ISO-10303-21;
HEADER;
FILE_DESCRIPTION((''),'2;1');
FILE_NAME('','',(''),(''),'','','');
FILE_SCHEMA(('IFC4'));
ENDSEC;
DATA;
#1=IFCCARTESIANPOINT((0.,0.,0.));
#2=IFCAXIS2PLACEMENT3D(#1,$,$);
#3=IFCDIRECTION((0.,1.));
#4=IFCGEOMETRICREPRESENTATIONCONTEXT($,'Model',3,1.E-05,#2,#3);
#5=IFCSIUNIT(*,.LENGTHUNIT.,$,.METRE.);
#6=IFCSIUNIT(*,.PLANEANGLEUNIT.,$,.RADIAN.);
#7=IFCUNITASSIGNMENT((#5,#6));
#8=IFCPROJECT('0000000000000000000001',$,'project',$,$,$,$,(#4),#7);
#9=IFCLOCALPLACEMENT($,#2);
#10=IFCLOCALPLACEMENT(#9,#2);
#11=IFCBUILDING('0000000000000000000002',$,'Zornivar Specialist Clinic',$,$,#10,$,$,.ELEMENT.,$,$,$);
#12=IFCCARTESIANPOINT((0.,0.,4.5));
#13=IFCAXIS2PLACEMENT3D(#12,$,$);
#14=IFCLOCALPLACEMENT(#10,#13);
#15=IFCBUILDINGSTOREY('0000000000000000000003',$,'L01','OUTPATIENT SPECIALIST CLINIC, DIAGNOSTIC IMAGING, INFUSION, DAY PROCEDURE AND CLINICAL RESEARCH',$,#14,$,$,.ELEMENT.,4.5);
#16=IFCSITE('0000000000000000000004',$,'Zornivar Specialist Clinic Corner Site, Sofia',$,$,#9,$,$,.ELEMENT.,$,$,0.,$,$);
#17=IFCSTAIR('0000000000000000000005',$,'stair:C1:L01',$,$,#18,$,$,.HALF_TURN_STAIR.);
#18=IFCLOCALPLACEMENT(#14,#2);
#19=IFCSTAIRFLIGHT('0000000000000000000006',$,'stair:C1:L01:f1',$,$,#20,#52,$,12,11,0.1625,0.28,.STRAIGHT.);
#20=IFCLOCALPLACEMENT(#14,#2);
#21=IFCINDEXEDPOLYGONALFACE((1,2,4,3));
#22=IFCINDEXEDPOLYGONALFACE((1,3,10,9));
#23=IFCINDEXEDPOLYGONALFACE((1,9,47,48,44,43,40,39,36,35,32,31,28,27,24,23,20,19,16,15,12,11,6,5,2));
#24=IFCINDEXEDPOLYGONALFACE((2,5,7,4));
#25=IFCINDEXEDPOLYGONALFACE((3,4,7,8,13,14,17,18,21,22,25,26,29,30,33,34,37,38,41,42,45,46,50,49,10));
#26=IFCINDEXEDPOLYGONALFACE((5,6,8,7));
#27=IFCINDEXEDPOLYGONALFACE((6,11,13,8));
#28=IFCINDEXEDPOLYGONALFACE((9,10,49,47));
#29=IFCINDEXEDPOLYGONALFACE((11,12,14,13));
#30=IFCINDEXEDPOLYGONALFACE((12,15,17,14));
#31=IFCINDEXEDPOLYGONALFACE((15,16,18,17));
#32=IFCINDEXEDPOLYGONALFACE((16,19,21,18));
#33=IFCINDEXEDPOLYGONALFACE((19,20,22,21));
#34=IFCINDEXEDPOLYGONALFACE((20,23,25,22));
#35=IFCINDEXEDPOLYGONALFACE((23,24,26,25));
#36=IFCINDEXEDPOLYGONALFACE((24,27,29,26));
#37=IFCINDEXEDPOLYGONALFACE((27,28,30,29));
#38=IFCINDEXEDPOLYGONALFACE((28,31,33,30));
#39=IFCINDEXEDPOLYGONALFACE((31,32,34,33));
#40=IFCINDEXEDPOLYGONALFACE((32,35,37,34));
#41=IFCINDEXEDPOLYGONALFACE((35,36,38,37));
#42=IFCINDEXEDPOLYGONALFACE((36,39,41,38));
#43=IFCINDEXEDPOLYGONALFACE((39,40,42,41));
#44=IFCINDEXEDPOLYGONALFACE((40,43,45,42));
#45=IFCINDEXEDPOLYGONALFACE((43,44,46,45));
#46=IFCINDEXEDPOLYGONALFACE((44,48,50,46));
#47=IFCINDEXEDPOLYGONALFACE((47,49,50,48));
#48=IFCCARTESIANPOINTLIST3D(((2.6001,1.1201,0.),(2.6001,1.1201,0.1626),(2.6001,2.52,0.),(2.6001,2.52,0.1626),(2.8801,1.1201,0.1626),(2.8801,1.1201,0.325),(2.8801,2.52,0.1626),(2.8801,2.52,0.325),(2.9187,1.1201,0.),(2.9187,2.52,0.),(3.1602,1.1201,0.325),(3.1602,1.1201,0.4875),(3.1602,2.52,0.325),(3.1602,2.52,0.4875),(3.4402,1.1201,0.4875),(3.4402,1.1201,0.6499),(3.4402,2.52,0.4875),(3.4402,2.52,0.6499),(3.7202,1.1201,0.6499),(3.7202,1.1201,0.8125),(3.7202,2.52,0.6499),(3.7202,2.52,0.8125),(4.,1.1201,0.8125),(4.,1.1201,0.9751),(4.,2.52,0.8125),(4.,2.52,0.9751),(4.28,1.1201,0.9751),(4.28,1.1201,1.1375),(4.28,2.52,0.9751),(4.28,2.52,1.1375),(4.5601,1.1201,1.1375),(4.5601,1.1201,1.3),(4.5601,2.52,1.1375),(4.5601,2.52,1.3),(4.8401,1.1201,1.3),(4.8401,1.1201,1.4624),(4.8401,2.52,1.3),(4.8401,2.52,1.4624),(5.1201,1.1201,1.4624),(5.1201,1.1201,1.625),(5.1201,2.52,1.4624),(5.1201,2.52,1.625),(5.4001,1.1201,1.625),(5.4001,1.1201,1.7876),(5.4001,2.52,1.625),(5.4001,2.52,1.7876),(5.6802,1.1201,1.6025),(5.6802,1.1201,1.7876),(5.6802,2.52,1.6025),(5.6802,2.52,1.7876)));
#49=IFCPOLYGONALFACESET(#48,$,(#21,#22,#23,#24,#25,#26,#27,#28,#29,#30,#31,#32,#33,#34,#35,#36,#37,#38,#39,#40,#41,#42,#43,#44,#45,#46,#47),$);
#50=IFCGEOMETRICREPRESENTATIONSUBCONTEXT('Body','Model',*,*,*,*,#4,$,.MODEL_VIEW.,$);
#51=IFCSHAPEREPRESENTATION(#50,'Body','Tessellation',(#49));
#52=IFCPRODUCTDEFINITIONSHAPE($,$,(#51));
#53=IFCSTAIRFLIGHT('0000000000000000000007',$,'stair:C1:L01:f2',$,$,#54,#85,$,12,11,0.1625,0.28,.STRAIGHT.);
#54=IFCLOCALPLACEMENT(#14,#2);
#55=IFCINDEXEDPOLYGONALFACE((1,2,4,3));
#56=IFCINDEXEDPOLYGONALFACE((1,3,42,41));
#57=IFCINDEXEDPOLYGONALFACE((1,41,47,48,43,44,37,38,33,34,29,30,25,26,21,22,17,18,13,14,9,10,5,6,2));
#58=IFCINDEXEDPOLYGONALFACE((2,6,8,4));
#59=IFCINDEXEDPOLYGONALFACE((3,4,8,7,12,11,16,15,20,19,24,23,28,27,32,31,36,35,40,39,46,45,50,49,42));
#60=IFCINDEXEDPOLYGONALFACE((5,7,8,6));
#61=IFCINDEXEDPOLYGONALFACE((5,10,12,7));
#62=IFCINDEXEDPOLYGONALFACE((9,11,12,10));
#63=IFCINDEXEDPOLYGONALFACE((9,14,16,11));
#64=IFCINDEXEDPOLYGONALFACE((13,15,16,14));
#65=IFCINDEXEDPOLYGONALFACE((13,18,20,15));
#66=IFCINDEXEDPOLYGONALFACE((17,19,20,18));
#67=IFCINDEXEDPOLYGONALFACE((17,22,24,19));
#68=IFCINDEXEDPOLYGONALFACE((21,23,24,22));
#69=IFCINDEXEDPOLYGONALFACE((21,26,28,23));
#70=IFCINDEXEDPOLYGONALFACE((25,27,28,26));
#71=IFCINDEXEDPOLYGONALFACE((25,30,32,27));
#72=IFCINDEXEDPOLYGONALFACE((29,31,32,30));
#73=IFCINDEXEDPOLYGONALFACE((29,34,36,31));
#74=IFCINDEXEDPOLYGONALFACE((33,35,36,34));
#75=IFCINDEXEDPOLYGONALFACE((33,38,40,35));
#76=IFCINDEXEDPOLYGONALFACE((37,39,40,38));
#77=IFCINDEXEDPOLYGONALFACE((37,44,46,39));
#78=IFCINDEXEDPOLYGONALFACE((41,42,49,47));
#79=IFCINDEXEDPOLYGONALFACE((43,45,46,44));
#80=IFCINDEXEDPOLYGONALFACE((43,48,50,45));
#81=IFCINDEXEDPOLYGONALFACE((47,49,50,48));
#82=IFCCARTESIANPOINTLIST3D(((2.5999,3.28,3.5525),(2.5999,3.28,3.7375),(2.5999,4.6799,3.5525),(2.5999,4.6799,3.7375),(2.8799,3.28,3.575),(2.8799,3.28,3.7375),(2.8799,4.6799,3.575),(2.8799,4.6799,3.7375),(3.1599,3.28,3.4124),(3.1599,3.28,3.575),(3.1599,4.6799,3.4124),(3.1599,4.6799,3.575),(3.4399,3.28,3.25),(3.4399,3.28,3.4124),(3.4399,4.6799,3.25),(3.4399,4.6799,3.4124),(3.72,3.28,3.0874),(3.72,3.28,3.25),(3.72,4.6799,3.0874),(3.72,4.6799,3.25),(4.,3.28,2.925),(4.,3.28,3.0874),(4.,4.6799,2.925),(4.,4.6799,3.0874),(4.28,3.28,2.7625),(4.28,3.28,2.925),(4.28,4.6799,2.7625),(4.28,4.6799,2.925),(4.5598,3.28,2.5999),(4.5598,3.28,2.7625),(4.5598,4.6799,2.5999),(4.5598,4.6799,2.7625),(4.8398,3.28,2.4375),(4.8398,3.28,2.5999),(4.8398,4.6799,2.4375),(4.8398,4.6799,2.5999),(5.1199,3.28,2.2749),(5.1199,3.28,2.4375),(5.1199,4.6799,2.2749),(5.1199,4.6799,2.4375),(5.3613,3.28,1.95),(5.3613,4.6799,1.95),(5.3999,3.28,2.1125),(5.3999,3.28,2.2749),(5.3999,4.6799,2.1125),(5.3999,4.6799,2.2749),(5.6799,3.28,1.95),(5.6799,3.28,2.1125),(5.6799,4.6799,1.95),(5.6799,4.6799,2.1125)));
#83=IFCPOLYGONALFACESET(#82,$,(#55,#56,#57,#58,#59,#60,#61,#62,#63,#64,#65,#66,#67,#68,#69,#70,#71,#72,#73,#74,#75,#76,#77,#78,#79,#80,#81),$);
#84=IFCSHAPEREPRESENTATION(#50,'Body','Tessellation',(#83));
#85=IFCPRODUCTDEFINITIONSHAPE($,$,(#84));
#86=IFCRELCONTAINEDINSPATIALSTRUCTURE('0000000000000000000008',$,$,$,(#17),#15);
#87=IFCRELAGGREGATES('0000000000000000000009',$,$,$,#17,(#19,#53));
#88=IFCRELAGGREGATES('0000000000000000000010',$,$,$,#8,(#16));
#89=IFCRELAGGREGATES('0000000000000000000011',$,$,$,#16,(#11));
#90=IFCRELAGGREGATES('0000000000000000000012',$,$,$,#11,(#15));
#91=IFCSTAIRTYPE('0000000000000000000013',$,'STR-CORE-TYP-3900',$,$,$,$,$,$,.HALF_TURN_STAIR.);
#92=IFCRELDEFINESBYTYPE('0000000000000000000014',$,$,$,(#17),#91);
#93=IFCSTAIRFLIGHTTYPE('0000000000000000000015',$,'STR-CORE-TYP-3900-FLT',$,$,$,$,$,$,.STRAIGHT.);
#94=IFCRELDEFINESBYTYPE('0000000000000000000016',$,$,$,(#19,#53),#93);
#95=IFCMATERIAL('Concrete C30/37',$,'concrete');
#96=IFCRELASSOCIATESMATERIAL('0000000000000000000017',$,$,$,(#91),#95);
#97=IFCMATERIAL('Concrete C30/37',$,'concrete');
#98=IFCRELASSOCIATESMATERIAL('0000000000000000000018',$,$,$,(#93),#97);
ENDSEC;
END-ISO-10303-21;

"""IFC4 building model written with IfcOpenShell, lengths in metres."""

from ifc_helpers import new_model, si_unit, direction, frame, origin, place, context, subcontext, project, spatial, polyline, outline, extrude, material, type_object, element, aggregate, save


model = new_model("IFC4")

# Units and contexts
model_context = context("Model", 3, precision=1e-05, world=origin(), true_north=direction((0.0, 1.0)))
body_context = subcontext(model_context, "Body", "Model", "MODEL_VIEW")
ifc_project = project(units=[si_unit("LENGTHUNIT", "METRE"), si_unit("PLANEANGLEUNIT", "RADIAN")], contexts=[model_context])

# Site, building, storey
site_placement = place(None, origin())
site = spatial("IfcSite", under=ifc_project, at=site_placement, Name="Zornivar Specialist Clinic Corner Site, Sofia", CompositionType="ELEMENT", RefElevation=0.0)
building_placement = place(site_placement, origin())
building = spatial("IfcBuilding", under=site, at=building_placement, Name="Zornivar Specialist Clinic", CompositionType="ELEMENT")
storey_placement = place(building_placement, frame((0.0, 0.0, 4.5)))
storey = spatial("IfcBuildingStorey", under=building, at=storey_placement, Name="L01", Description="OUTPATIENT SPECIALIST CLINIC, DIAGNOSTIC IMAGING, INFUSION, DAY PROCEDURE AND CLINICAL RESEARCH", CompositionType="ELEMENT", Elevation=4.5)

# Stair, stair flights
ifc_material_1 = material(Name="Concrete C30/37", Category="concrete")
stair_type = type_object("IfcStairType", Name="STR-CORE-TYP-3900", PredefinedType="HALF_TURN_STAIR", material=ifc_material_1)
stair_placement = place(storey_placement, origin())
stair = element("IfcStair", 1, at=stair_placement, inside=storey, type_object=stair_type, Name="stair:C1:L01", PredefinedType="HALF_TURN_STAIR")
ifc_material_2 = material(Name="Concrete C30/37", Category="concrete")
stair_flight_type = type_object("IfcStairFlightType", Name="STR-CORE-TYP-3900-FLT", PredefinedType="STRAIGHT", material=ifc_material_2)
stair_flight_1_placement = place(storey_placement, frame((2.6001, 1.8201, 0.0), z_axis=(0.0, 0.0, 1.0), x_axis=(1.0, 0.0, 0.0)))
stair_flight_1 = element("IfcStairFlight", 2, at=stair_flight_1_placement, type_object=stair_flight_type, Name="stair:C1:L01:f1", NumberOfRisers=12, NumberOfTreads=11, PredefinedType="STRAIGHT", RiserHeight=0.1625, TreadLength=0.28, context=body_context, shape_type="SweptSolid", body=[
    extrude(outline(polyline([(0.0, 0.0), (0.0, 0.1626), (0.28, 0.1626), (0.28, 0.325), (0.5601, 0.325), (0.5601, 0.4875), (0.8401, 0.4875), (0.8401, 0.6499), (1.1201, 0.6499), (1.1201, 0.8125), (1.3999, 0.8125), (1.3999, 0.9751), (1.6799, 0.9751), (1.6799, 1.1375), (1.96, 1.1375), (1.96, 1.3), (2.24, 1.3), (2.24, 1.4624), (2.52, 1.4624), (2.52, 1.625), (2.8, 1.625), (2.8, 1.7876), (3.0801, 1.7876), (3.0801, 1.95), (3.0801, 1.6025), (0.3186, 0.0), (0.0, 0.0)])), frame((0.0, 0.7, 0.0), z_axis=(0.0, -1.0, 0.0), x_axis=(1.0, 0.0, 0.0)), (0.0, 0.0, 1.0), 1.3999),
])
stair_flight_2_placement = place(storey_placement, frame((5.6799, 3.98, 1.95), z_axis=(0.0, 0.0, 1.0), x_axis=(-1.0, 0.0, 0.0)))
stair_flight_2 = element("IfcStairFlight", 3, at=stair_flight_2_placement, type_object=stair_flight_type, Name="stair:C1:L01:f2", NumberOfRisers=12, NumberOfTreads=11, PredefinedType="STRAIGHT", RiserHeight=0.1625, TreadLength=0.28, context=body_context, shape_type="SweptSolid", body=[
    extrude(outline(polyline([(0.0, 0.0), (0.0, 0.1626), (0.28, 0.1626), (0.28, 0.325), (0.5601, 0.325), (0.5601, 0.4875), (0.8401, 0.4875), (0.8401, 0.6499), (1.1201, 0.6499), (1.1201, 0.8125), (1.3999, 0.8125), (1.3999, 0.9751), (1.6799, 0.9751), (1.6799, 1.1375), (1.96, 1.1375), (1.96, 1.3), (2.24, 1.3), (2.24, 1.4624), (2.52, 1.4624), (2.52, 1.625), (2.8, 1.625), (2.8, 1.7876), (3.0801, 1.7876), (3.0801, 1.95), (3.0801, 1.6025), (0.3186, 0.0), (0.0, 0.0)])), frame((0.0, 0.7, 0.0), z_axis=(0.0, -1.0, 0.0), x_axis=(1.0, 0.0, 0.0)), (0.0, 0.0, 1.0), 1.3999),
])
aggregate(stair, [stair_flight_1, stair_flight_2])

save(model, "model.ifc")
